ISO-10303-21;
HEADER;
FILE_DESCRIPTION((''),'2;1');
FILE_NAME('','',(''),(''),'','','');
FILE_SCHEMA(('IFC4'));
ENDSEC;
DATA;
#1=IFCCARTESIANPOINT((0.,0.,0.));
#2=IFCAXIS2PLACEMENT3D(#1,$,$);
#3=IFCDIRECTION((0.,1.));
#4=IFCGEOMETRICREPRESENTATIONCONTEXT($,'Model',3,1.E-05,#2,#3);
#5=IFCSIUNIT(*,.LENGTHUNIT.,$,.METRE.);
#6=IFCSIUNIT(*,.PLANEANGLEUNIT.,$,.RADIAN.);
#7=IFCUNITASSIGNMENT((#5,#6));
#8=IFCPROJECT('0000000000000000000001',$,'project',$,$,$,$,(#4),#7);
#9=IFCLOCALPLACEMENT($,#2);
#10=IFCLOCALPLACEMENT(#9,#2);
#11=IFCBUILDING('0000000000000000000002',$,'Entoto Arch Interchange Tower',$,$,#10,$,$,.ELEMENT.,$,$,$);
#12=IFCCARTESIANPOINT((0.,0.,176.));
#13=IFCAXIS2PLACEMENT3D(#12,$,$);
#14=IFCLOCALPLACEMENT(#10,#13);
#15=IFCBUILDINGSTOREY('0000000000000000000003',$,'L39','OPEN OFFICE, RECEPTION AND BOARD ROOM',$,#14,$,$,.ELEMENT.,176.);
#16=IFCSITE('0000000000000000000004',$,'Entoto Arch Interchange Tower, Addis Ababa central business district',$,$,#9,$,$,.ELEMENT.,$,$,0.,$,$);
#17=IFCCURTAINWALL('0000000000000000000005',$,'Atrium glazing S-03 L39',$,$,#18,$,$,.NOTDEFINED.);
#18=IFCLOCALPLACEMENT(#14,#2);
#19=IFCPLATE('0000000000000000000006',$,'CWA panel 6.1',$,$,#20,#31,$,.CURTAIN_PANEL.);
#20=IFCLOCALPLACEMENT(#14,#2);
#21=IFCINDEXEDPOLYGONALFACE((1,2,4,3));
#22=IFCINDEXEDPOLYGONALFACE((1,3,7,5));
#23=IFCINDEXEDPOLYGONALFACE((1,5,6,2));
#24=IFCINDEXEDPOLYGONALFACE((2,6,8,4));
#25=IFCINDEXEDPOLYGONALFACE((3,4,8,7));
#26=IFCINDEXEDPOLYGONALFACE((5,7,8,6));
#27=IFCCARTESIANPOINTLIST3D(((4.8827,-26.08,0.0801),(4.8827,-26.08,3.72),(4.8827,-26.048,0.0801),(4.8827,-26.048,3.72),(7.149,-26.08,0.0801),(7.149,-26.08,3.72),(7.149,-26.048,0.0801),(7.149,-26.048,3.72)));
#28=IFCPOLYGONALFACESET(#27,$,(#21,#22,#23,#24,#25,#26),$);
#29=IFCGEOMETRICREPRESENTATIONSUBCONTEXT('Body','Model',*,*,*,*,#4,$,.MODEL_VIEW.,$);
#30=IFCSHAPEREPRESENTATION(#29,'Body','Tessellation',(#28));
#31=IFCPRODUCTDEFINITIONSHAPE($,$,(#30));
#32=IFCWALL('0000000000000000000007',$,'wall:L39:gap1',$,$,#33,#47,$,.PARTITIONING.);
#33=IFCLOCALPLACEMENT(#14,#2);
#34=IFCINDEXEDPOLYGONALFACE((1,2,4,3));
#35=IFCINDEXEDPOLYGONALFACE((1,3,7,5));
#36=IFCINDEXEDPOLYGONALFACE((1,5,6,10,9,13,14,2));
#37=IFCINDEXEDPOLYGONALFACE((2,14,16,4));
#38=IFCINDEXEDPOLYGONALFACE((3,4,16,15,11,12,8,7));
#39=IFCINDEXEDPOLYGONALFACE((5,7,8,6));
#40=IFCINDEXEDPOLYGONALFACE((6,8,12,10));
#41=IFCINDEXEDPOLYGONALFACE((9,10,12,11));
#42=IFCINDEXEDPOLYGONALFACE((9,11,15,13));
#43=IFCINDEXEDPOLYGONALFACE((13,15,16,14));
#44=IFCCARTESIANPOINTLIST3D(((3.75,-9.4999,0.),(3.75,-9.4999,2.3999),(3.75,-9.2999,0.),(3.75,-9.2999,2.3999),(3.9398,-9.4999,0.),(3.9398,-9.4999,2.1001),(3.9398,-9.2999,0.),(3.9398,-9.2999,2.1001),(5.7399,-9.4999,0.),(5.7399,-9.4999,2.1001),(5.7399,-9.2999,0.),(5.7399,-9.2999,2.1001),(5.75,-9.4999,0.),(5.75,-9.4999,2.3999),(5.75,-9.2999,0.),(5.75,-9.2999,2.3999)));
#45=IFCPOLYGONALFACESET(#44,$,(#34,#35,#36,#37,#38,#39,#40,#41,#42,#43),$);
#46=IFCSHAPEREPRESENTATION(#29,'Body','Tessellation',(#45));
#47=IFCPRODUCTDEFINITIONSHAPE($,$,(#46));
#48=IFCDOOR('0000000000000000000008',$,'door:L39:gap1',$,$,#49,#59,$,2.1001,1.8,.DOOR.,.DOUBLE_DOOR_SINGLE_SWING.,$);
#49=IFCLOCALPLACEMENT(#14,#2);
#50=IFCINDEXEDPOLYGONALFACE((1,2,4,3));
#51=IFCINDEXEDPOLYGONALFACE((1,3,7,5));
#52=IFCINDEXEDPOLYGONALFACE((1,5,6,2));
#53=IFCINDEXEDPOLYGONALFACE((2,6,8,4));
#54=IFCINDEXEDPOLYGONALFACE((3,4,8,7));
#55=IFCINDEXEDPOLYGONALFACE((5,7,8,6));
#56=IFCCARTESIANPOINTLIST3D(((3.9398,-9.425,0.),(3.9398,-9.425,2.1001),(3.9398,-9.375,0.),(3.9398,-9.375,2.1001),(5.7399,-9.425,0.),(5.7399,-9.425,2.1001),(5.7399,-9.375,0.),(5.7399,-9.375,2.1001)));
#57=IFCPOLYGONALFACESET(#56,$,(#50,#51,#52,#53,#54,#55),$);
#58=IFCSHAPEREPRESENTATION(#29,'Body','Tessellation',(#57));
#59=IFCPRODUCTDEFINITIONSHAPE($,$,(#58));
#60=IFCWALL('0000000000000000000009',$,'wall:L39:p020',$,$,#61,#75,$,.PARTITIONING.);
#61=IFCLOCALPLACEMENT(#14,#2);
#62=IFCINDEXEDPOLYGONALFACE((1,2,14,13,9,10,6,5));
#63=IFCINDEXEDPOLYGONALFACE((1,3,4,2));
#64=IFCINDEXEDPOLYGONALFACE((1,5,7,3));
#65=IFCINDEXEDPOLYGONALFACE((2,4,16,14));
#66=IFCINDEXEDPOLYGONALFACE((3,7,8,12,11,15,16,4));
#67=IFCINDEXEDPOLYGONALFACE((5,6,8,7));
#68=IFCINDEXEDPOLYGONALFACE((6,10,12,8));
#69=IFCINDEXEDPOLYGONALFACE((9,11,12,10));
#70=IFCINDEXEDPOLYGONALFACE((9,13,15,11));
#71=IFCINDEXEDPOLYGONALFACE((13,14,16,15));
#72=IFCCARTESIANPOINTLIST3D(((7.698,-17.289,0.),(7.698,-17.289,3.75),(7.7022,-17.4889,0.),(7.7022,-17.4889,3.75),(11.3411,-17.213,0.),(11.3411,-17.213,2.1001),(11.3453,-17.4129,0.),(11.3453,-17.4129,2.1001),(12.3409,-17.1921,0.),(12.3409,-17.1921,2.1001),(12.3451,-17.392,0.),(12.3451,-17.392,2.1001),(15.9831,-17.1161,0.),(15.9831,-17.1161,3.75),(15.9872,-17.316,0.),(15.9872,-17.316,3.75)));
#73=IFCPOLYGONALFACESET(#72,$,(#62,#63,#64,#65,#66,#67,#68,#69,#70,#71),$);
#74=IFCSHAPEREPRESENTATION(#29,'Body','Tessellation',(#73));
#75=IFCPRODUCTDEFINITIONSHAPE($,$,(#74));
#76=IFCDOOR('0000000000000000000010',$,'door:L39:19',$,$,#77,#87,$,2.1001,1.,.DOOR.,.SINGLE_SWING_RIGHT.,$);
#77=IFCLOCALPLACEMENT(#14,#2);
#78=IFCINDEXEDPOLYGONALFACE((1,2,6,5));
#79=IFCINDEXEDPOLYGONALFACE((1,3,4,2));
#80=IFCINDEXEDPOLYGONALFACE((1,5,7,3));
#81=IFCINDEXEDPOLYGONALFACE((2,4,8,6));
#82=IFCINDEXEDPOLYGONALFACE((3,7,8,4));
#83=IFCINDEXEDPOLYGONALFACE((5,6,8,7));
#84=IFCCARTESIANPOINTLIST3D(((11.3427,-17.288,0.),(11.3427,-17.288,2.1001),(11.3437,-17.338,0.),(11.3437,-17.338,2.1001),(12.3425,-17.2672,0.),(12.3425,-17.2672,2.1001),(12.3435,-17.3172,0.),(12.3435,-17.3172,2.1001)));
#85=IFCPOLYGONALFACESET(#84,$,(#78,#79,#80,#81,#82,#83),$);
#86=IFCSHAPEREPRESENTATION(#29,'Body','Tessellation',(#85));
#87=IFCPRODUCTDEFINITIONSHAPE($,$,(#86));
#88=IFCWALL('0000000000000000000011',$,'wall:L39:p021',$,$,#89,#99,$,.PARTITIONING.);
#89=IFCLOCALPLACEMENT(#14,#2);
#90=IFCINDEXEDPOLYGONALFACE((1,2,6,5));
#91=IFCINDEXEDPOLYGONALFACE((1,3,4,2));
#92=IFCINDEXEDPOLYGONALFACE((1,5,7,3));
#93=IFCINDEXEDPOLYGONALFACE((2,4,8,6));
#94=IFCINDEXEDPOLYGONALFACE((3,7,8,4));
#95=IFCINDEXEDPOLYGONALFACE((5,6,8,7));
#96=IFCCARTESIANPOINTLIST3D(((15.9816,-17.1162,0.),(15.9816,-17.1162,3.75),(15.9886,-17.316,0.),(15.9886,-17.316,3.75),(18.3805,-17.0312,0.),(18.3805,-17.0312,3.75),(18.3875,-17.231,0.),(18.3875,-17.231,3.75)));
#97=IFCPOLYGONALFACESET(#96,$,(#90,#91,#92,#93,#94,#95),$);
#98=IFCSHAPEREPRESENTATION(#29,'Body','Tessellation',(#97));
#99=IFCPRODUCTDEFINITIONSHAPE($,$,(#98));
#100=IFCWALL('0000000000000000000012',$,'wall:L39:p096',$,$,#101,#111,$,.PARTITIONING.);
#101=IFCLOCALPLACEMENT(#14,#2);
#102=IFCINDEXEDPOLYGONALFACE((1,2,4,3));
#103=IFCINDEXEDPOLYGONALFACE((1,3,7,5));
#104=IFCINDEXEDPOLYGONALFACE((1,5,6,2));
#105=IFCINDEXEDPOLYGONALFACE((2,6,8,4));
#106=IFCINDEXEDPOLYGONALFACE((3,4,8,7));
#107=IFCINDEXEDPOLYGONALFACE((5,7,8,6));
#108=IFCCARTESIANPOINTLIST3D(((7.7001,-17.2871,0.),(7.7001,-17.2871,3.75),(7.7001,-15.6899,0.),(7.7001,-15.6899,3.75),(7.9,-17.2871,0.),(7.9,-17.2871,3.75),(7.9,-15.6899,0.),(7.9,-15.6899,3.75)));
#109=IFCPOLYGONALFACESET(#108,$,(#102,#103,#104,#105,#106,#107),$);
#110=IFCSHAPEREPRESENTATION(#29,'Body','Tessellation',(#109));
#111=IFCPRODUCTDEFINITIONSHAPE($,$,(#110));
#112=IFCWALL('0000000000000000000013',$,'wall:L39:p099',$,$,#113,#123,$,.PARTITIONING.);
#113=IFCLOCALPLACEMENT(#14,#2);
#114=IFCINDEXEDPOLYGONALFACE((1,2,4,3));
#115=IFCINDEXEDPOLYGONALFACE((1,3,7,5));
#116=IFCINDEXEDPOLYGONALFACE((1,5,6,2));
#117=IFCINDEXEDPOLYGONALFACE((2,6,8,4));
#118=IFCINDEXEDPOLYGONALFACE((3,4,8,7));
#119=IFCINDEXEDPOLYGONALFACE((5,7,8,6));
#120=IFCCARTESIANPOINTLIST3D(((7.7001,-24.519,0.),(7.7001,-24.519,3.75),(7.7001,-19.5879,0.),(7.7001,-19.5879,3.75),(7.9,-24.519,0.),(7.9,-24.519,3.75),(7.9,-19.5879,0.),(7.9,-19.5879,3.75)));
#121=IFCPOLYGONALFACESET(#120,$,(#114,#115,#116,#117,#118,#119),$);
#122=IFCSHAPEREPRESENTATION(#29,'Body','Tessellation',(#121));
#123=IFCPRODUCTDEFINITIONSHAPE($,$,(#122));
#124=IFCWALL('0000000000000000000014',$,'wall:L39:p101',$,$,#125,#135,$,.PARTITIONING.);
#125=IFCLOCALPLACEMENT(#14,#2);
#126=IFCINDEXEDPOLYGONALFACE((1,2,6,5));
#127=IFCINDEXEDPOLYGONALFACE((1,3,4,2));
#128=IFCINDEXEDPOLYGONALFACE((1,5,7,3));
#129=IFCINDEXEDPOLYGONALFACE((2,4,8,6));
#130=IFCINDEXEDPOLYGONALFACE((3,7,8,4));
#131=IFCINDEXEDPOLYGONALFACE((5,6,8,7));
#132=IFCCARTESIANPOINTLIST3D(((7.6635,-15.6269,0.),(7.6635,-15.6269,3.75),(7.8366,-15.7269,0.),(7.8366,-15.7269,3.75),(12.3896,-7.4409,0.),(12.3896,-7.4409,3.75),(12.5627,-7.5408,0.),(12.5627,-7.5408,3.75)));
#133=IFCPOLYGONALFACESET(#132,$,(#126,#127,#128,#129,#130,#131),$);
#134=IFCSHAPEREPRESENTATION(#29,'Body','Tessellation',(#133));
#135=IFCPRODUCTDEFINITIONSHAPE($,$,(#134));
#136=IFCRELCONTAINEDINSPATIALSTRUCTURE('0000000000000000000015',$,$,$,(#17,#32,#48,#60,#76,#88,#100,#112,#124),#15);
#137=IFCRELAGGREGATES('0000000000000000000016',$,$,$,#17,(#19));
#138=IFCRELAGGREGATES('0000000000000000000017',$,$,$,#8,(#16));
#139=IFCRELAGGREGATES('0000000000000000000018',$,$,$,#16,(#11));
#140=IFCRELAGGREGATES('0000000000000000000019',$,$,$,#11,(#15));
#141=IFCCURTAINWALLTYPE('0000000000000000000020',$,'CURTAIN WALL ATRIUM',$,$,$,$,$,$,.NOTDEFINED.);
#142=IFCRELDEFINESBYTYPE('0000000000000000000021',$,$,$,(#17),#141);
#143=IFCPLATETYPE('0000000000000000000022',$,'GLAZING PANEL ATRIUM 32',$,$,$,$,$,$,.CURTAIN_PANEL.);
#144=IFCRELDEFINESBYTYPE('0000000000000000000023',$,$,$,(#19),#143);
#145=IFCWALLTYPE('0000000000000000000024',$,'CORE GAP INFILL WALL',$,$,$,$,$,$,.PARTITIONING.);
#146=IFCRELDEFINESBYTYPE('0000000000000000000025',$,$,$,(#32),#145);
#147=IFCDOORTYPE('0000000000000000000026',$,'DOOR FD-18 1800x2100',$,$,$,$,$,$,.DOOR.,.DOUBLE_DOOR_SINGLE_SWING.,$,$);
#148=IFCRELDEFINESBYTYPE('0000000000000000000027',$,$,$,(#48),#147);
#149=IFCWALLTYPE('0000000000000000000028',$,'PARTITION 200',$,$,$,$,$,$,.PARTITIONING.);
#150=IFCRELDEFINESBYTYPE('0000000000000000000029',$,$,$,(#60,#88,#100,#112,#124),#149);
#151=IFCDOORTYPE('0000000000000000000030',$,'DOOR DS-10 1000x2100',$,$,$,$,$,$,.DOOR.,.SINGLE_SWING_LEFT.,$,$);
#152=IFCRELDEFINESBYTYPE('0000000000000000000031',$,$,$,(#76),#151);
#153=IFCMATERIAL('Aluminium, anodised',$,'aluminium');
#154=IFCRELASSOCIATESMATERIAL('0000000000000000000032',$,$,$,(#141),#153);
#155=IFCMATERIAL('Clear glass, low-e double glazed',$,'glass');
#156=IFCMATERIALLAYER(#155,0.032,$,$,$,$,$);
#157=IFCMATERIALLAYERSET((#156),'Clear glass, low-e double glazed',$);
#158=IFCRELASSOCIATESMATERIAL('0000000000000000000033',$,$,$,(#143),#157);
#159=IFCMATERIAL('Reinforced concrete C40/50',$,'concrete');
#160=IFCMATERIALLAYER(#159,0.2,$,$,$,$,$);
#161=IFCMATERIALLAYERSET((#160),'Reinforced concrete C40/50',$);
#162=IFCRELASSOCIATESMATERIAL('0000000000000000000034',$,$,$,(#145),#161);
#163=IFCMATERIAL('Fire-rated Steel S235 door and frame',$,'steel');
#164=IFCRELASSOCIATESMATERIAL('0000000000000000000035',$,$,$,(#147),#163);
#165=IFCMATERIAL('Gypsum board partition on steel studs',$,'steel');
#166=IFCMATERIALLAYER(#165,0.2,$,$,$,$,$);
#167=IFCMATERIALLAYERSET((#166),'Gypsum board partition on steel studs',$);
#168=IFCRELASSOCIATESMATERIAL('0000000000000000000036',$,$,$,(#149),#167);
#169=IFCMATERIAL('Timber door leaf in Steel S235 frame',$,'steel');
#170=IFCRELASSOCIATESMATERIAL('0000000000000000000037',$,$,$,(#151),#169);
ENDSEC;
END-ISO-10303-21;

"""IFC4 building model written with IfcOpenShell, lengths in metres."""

from ifc_helpers import new_model, si_unit, direction, frame, frame_2d, origin, origin_2d, place, context, subcontext, project, spatial, rectangle, extrude, material, layer, layer_set, type_object, element, fill, aggregate, save


model = new_model("IFC4")

# Units and contexts
model_context = context("Model", 3, precision=1e-05, world=origin(), true_north=direction((0.0, 1.0)))
body_context = subcontext(model_context, "Body", "Model", "MODEL_VIEW")
ifc_project = project(units=[si_unit("LENGTHUNIT", "METRE"), si_unit("PLANEANGLEUNIT", "RADIAN")], contexts=[model_context])

# Site, building, storey
site_placement = place(None, origin())
site = spatial("IfcSite", under=ifc_project, at=site_placement, Name="Entoto Arch Interchange Tower, Addis Ababa central business district", CompositionType="ELEMENT", RefElevation=0.0)
building_placement = place(site_placement, origin())
building = spatial("IfcBuilding", under=site, at=building_placement, Name="Entoto Arch Interchange Tower", CompositionType="ELEMENT")
storey_placement = place(building_placement, frame((0.0, 0.0, 176.0)))
storey = spatial("IfcBuildingStorey", under=building, at=storey_placement, Name="L39", Description="OPEN OFFICE, RECEPTION AND BOARD ROOM", CompositionType="ELEMENT", Elevation=176.0)

# Curtain wall, plate
ifc_material_1 = material(Name="Aluminium, anodised", Category="aluminium")
curtain_wall_type = type_object("IfcCurtainWallType", Name="CURTAIN WALL ATRIUM", PredefinedType="NOTDEFINED", material=ifc_material_1)
curtain_wall_placement = place(storey_placement, origin())
curtain_wall = element("IfcCurtainWall", 1, at=curtain_wall_placement, inside=storey, type_object=curtain_wall_type, Name="Atrium glazing S-03 L39", PredefinedType="NOTDEFINED")
ifc_material_2 = material(Name="Clear glass, low-e double glazed", Category="glass")
ifc_layer_1 = layer(ifc_material_2, 0.032)
ifc_layer_set_1 = layer_set([ifc_layer_1], Name="Clear glass, low-e double glazed")
plate_type = type_object("IfcPlateType", Name="GLAZING PANEL ATRIUM 32", PredefinedType="CURTAIN_PANEL", material=ifc_layer_set_1)
plate_1_placement = place(storey_placement, frame((6.0159, -26.064, 0.0801), z_axis=(0.0, 0.0, 1.0), x_axis=(1.0, 0.0, 0.0)))
plate_1 = element("IfcPlate", 2, at=plate_1_placement, type_object=plate_type, Name="CWA panel 6.1", PredefinedType="CURTAIN_PANEL", context=body_context, shape_type="SweptSolid", body=[
    extrude(rectangle(XDim=2.2664, YDim=0.032, at=origin_2d()), origin(), (0.0, 0.0, 1.0), 3.6399),
])
aggregate(curtain_wall, [plate_1])

# Walls, openings, doors
ifc_material_3 = material(Name="Reinforced concrete C40/50", Category="concrete")
ifc_layer_2 = layer(ifc_material_3, 0.2)
ifc_layer_set_2 = layer_set([ifc_layer_2], Name="Reinforced concrete C40/50")
wall_type_1 = type_object("IfcWallType", Name="CORE GAP INFILL WALL", PredefinedType="PARTITIONING", material=ifc_layer_set_2)
wall_1_placement = place(storey_placement, frame((3.75, -9.3999, 0.0), z_axis=(0.0, 0.0, 1.0), x_axis=(1.0, 0.0, 0.0)))
wall_1 = element("IfcWall", 3, at=wall_1_placement, inside=storey, type_object=wall_type_1, Name="wall:L39:gap1", PredefinedType="PARTITIONING", context=body_context, shape_type="SweptSolid", body=[
    extrude(rectangle(XDim=2.0, YDim=0.2, at=frame_2d((1.0, 0.0))), origin(), (0.0, 0.0, 1.0), 2.3999),
])
opening_1_placement = place(wall_1_placement, frame((0.1899, 0.0, 0.0)))
opening_1 = element("IfcOpeningElement", 4, at=opening_1_placement, cuts=wall_1, PredefinedType="OPENING", context=body_context, shape_type="SweptSolid", body=[
    extrude(rectangle(XDim=1.8, YDim=2.1001, at=frame_2d((0.8999, 1.05))), frame((0.0, 0.1099, 0.0), z_axis=(0.0, -1.0, 0.0), x_axis=(1.0, 0.0, 0.0)), (0.0, 0.0, 1.0), 0.22),
])
ifc_material_4 = material(Name="Fire-rated Steel S235 door and frame", Category="steel")
door_type_1 = type_object("IfcDoorType", Name="DOOR FD-18 1800x2100", OperationType="DOUBLE_DOOR_SINGLE_SWING", PredefinedType="DOOR", material=ifc_material_4)
door_1_placement = place(opening_1_placement, origin())
door_1 = element("IfcDoor", 5, at=door_1_placement, inside=storey, type_object=door_type_1, Name="door:L39:gap1", OperationType="DOUBLE_DOOR_SINGLE_SWING", OverallHeight=2.1001, OverallWidth=1.8, PredefinedType="DOOR", context=body_context, shape_type="SweptSolid", body=[
    extrude(rectangle(XDim=1.8, YDim=2.1001, at=frame_2d((0.8999, 1.05))), frame((0.0, 0.0249, 0.0), z_axis=(0.0, -1.0, 0.0), x_axis=(1.0, 0.0, 0.0)), (0.0, 0.0, 1.0), 0.05),
])
fill(opening_1, door_1)
ifc_material_5 = material(Name="Gypsum board partition on steel studs", Category="steel")
ifc_layer_3 = layer(ifc_material_5, 0.2)
ifc_layer_set_3 = layer_set([ifc_layer_3], Name="Gypsum board partition on steel studs")
wall_type_2 = type_object("IfcWallType", Name="PARTITION 200", PredefinedType="PARTITIONING", material=ifc_layer_set_3)
wall_2_placement = place(storey_placement, frame((7.7, -17.3889, 0.0), z_axis=(0.0, 0.0, 1.0), x_axis=(0.999782, 0.020858, 0.0)))
wall_2 = element("IfcWall", 6, at=wall_2_placement, inside=storey, type_object=wall_type_2, Name="wall:L39:p020", PredefinedType="PARTITIONING", context=body_context, shape_type="SweptSolid", body=[
    extrude(rectangle(XDim=8.2869, YDim=0.2, at=frame_2d((4.1436, 0.0))), origin(), (0.0, 0.0, 1.0), 3.75),
])
opening_2_placement = place(wall_2_placement, frame((3.644, 0.0, 0.0)))
opening_2 = element("IfcOpeningElement", 7, at=opening_2_placement, cuts=wall_2, PredefinedType="OPENING", context=body_context, shape_type="SweptSolid", body=[
    extrude(rectangle(XDim=1.0, YDim=2.1001, at=frame_2d((0.5, 1.05))), frame((0.0, 0.1099, 0.0), z_axis=(0.0, -1.0, 0.0), x_axis=(1.0, 0.0, 0.0)), (0.0, 0.0, 1.0), 0.22),
])
ifc_material_6 = material(Name="Timber door leaf in Steel S235 frame", Category="steel")
door_type_2 = type_object("IfcDoorType", Name="DOOR DS-10 1000x2100", OperationType="SINGLE_SWING_LEFT", PredefinedType="DOOR", material=ifc_material_6)
door_2_placement = place(opening_2_placement, origin())
door_2 = element("IfcDoor", 8, at=door_2_placement, inside=storey, type_object=door_type_2, Name="door:L39:19", OperationType="SINGLE_SWING_RIGHT", OverallHeight=2.1001, OverallWidth=1.0, PredefinedType="DOOR", context=body_context, shape_type="SweptSolid", body=[
    extrude(rectangle(XDim=1.0, YDim=2.1001, at=frame_2d((0.5, 1.05))), frame((0.0, 0.0249, 0.0), z_axis=(0.0, -1.0, 0.0), x_axis=(1.0, 0.0, 0.0)), (0.0, 0.0, 1.0), 0.05),
])
fill(opening_2, door_2)

# Walls
wall_3_placement = place(storey_placement, frame((15.9851, -17.2161, 0.0), z_axis=(0.0, 0.0, 1.0), x_axis=(0.999373, 0.035394, 0.0)))
element("IfcWall", 9, at=wall_3_placement, inside=storey, type_object=wall_type_2, Name="wall:L39:p021", PredefinedType="PARTITIONING", context=body_context, shape_type="SweptSolid", body=[
    extrude(rectangle(XDim=2.4004, YDim=0.2, at=frame_2d((1.2002, 0.0))), origin(), (0.0, 0.0, 1.0), 3.75),
])
wall_4_placement = place(storey_placement, frame((7.8, -15.6899, 0.0), z_axis=(0.0, 0.0, 1.0), x_axis=(0.0, -1.0, 0.0)))
element("IfcWall", 10, at=wall_4_placement, inside=storey, type_object=wall_type_2, Name="wall:L39:p096", PredefinedType="PARTITIONING", context=body_context, shape_type="SweptSolid", body=[
    extrude(rectangle(XDim=1.5972, YDim=0.2, at=frame_2d((0.7986, 0.0))), origin(), (0.0, 0.0, 1.0), 3.75),
])
wall_5_placement = place(storey_placement, frame((7.8, -19.5879, 0.0), z_axis=(0.0, 0.0, 1.0), x_axis=(0.0, -1.0, 0.0)))
element("IfcWall", 11, at=wall_5_placement, inside=storey, type_object=wall_type_2, Name="wall:L39:p099", PredefinedType="PARTITIONING", context=body_context, shape_type="SweptSolid", body=[
    extrude(rectangle(XDim=4.9312, YDim=0.2, at=frame_2d((2.4656, 0.0))), origin(), (0.0, 0.0, 1.0), 3.75),
])
wall_6_placement = place(storey_placement, frame((12.4761, -7.491, 0.0), z_axis=(0.0, 0.0, 1.0), x_axis=(-0.499989, -0.866032, 0.0)))
element("IfcWall", 12, at=wall_6_placement, inside=storey, type_object=wall_type_2, Name="wall:L39:p101", PredefinedType="PARTITIONING", context=body_context, shape_type="SweptSolid", body=[
    extrude(rectangle(XDim=9.4524, YDim=0.2, at=frame_2d((4.7261, 0.0))), origin(), (0.0, 0.0, 1.0), 3.75),
])

save(model, "model.ifc")
